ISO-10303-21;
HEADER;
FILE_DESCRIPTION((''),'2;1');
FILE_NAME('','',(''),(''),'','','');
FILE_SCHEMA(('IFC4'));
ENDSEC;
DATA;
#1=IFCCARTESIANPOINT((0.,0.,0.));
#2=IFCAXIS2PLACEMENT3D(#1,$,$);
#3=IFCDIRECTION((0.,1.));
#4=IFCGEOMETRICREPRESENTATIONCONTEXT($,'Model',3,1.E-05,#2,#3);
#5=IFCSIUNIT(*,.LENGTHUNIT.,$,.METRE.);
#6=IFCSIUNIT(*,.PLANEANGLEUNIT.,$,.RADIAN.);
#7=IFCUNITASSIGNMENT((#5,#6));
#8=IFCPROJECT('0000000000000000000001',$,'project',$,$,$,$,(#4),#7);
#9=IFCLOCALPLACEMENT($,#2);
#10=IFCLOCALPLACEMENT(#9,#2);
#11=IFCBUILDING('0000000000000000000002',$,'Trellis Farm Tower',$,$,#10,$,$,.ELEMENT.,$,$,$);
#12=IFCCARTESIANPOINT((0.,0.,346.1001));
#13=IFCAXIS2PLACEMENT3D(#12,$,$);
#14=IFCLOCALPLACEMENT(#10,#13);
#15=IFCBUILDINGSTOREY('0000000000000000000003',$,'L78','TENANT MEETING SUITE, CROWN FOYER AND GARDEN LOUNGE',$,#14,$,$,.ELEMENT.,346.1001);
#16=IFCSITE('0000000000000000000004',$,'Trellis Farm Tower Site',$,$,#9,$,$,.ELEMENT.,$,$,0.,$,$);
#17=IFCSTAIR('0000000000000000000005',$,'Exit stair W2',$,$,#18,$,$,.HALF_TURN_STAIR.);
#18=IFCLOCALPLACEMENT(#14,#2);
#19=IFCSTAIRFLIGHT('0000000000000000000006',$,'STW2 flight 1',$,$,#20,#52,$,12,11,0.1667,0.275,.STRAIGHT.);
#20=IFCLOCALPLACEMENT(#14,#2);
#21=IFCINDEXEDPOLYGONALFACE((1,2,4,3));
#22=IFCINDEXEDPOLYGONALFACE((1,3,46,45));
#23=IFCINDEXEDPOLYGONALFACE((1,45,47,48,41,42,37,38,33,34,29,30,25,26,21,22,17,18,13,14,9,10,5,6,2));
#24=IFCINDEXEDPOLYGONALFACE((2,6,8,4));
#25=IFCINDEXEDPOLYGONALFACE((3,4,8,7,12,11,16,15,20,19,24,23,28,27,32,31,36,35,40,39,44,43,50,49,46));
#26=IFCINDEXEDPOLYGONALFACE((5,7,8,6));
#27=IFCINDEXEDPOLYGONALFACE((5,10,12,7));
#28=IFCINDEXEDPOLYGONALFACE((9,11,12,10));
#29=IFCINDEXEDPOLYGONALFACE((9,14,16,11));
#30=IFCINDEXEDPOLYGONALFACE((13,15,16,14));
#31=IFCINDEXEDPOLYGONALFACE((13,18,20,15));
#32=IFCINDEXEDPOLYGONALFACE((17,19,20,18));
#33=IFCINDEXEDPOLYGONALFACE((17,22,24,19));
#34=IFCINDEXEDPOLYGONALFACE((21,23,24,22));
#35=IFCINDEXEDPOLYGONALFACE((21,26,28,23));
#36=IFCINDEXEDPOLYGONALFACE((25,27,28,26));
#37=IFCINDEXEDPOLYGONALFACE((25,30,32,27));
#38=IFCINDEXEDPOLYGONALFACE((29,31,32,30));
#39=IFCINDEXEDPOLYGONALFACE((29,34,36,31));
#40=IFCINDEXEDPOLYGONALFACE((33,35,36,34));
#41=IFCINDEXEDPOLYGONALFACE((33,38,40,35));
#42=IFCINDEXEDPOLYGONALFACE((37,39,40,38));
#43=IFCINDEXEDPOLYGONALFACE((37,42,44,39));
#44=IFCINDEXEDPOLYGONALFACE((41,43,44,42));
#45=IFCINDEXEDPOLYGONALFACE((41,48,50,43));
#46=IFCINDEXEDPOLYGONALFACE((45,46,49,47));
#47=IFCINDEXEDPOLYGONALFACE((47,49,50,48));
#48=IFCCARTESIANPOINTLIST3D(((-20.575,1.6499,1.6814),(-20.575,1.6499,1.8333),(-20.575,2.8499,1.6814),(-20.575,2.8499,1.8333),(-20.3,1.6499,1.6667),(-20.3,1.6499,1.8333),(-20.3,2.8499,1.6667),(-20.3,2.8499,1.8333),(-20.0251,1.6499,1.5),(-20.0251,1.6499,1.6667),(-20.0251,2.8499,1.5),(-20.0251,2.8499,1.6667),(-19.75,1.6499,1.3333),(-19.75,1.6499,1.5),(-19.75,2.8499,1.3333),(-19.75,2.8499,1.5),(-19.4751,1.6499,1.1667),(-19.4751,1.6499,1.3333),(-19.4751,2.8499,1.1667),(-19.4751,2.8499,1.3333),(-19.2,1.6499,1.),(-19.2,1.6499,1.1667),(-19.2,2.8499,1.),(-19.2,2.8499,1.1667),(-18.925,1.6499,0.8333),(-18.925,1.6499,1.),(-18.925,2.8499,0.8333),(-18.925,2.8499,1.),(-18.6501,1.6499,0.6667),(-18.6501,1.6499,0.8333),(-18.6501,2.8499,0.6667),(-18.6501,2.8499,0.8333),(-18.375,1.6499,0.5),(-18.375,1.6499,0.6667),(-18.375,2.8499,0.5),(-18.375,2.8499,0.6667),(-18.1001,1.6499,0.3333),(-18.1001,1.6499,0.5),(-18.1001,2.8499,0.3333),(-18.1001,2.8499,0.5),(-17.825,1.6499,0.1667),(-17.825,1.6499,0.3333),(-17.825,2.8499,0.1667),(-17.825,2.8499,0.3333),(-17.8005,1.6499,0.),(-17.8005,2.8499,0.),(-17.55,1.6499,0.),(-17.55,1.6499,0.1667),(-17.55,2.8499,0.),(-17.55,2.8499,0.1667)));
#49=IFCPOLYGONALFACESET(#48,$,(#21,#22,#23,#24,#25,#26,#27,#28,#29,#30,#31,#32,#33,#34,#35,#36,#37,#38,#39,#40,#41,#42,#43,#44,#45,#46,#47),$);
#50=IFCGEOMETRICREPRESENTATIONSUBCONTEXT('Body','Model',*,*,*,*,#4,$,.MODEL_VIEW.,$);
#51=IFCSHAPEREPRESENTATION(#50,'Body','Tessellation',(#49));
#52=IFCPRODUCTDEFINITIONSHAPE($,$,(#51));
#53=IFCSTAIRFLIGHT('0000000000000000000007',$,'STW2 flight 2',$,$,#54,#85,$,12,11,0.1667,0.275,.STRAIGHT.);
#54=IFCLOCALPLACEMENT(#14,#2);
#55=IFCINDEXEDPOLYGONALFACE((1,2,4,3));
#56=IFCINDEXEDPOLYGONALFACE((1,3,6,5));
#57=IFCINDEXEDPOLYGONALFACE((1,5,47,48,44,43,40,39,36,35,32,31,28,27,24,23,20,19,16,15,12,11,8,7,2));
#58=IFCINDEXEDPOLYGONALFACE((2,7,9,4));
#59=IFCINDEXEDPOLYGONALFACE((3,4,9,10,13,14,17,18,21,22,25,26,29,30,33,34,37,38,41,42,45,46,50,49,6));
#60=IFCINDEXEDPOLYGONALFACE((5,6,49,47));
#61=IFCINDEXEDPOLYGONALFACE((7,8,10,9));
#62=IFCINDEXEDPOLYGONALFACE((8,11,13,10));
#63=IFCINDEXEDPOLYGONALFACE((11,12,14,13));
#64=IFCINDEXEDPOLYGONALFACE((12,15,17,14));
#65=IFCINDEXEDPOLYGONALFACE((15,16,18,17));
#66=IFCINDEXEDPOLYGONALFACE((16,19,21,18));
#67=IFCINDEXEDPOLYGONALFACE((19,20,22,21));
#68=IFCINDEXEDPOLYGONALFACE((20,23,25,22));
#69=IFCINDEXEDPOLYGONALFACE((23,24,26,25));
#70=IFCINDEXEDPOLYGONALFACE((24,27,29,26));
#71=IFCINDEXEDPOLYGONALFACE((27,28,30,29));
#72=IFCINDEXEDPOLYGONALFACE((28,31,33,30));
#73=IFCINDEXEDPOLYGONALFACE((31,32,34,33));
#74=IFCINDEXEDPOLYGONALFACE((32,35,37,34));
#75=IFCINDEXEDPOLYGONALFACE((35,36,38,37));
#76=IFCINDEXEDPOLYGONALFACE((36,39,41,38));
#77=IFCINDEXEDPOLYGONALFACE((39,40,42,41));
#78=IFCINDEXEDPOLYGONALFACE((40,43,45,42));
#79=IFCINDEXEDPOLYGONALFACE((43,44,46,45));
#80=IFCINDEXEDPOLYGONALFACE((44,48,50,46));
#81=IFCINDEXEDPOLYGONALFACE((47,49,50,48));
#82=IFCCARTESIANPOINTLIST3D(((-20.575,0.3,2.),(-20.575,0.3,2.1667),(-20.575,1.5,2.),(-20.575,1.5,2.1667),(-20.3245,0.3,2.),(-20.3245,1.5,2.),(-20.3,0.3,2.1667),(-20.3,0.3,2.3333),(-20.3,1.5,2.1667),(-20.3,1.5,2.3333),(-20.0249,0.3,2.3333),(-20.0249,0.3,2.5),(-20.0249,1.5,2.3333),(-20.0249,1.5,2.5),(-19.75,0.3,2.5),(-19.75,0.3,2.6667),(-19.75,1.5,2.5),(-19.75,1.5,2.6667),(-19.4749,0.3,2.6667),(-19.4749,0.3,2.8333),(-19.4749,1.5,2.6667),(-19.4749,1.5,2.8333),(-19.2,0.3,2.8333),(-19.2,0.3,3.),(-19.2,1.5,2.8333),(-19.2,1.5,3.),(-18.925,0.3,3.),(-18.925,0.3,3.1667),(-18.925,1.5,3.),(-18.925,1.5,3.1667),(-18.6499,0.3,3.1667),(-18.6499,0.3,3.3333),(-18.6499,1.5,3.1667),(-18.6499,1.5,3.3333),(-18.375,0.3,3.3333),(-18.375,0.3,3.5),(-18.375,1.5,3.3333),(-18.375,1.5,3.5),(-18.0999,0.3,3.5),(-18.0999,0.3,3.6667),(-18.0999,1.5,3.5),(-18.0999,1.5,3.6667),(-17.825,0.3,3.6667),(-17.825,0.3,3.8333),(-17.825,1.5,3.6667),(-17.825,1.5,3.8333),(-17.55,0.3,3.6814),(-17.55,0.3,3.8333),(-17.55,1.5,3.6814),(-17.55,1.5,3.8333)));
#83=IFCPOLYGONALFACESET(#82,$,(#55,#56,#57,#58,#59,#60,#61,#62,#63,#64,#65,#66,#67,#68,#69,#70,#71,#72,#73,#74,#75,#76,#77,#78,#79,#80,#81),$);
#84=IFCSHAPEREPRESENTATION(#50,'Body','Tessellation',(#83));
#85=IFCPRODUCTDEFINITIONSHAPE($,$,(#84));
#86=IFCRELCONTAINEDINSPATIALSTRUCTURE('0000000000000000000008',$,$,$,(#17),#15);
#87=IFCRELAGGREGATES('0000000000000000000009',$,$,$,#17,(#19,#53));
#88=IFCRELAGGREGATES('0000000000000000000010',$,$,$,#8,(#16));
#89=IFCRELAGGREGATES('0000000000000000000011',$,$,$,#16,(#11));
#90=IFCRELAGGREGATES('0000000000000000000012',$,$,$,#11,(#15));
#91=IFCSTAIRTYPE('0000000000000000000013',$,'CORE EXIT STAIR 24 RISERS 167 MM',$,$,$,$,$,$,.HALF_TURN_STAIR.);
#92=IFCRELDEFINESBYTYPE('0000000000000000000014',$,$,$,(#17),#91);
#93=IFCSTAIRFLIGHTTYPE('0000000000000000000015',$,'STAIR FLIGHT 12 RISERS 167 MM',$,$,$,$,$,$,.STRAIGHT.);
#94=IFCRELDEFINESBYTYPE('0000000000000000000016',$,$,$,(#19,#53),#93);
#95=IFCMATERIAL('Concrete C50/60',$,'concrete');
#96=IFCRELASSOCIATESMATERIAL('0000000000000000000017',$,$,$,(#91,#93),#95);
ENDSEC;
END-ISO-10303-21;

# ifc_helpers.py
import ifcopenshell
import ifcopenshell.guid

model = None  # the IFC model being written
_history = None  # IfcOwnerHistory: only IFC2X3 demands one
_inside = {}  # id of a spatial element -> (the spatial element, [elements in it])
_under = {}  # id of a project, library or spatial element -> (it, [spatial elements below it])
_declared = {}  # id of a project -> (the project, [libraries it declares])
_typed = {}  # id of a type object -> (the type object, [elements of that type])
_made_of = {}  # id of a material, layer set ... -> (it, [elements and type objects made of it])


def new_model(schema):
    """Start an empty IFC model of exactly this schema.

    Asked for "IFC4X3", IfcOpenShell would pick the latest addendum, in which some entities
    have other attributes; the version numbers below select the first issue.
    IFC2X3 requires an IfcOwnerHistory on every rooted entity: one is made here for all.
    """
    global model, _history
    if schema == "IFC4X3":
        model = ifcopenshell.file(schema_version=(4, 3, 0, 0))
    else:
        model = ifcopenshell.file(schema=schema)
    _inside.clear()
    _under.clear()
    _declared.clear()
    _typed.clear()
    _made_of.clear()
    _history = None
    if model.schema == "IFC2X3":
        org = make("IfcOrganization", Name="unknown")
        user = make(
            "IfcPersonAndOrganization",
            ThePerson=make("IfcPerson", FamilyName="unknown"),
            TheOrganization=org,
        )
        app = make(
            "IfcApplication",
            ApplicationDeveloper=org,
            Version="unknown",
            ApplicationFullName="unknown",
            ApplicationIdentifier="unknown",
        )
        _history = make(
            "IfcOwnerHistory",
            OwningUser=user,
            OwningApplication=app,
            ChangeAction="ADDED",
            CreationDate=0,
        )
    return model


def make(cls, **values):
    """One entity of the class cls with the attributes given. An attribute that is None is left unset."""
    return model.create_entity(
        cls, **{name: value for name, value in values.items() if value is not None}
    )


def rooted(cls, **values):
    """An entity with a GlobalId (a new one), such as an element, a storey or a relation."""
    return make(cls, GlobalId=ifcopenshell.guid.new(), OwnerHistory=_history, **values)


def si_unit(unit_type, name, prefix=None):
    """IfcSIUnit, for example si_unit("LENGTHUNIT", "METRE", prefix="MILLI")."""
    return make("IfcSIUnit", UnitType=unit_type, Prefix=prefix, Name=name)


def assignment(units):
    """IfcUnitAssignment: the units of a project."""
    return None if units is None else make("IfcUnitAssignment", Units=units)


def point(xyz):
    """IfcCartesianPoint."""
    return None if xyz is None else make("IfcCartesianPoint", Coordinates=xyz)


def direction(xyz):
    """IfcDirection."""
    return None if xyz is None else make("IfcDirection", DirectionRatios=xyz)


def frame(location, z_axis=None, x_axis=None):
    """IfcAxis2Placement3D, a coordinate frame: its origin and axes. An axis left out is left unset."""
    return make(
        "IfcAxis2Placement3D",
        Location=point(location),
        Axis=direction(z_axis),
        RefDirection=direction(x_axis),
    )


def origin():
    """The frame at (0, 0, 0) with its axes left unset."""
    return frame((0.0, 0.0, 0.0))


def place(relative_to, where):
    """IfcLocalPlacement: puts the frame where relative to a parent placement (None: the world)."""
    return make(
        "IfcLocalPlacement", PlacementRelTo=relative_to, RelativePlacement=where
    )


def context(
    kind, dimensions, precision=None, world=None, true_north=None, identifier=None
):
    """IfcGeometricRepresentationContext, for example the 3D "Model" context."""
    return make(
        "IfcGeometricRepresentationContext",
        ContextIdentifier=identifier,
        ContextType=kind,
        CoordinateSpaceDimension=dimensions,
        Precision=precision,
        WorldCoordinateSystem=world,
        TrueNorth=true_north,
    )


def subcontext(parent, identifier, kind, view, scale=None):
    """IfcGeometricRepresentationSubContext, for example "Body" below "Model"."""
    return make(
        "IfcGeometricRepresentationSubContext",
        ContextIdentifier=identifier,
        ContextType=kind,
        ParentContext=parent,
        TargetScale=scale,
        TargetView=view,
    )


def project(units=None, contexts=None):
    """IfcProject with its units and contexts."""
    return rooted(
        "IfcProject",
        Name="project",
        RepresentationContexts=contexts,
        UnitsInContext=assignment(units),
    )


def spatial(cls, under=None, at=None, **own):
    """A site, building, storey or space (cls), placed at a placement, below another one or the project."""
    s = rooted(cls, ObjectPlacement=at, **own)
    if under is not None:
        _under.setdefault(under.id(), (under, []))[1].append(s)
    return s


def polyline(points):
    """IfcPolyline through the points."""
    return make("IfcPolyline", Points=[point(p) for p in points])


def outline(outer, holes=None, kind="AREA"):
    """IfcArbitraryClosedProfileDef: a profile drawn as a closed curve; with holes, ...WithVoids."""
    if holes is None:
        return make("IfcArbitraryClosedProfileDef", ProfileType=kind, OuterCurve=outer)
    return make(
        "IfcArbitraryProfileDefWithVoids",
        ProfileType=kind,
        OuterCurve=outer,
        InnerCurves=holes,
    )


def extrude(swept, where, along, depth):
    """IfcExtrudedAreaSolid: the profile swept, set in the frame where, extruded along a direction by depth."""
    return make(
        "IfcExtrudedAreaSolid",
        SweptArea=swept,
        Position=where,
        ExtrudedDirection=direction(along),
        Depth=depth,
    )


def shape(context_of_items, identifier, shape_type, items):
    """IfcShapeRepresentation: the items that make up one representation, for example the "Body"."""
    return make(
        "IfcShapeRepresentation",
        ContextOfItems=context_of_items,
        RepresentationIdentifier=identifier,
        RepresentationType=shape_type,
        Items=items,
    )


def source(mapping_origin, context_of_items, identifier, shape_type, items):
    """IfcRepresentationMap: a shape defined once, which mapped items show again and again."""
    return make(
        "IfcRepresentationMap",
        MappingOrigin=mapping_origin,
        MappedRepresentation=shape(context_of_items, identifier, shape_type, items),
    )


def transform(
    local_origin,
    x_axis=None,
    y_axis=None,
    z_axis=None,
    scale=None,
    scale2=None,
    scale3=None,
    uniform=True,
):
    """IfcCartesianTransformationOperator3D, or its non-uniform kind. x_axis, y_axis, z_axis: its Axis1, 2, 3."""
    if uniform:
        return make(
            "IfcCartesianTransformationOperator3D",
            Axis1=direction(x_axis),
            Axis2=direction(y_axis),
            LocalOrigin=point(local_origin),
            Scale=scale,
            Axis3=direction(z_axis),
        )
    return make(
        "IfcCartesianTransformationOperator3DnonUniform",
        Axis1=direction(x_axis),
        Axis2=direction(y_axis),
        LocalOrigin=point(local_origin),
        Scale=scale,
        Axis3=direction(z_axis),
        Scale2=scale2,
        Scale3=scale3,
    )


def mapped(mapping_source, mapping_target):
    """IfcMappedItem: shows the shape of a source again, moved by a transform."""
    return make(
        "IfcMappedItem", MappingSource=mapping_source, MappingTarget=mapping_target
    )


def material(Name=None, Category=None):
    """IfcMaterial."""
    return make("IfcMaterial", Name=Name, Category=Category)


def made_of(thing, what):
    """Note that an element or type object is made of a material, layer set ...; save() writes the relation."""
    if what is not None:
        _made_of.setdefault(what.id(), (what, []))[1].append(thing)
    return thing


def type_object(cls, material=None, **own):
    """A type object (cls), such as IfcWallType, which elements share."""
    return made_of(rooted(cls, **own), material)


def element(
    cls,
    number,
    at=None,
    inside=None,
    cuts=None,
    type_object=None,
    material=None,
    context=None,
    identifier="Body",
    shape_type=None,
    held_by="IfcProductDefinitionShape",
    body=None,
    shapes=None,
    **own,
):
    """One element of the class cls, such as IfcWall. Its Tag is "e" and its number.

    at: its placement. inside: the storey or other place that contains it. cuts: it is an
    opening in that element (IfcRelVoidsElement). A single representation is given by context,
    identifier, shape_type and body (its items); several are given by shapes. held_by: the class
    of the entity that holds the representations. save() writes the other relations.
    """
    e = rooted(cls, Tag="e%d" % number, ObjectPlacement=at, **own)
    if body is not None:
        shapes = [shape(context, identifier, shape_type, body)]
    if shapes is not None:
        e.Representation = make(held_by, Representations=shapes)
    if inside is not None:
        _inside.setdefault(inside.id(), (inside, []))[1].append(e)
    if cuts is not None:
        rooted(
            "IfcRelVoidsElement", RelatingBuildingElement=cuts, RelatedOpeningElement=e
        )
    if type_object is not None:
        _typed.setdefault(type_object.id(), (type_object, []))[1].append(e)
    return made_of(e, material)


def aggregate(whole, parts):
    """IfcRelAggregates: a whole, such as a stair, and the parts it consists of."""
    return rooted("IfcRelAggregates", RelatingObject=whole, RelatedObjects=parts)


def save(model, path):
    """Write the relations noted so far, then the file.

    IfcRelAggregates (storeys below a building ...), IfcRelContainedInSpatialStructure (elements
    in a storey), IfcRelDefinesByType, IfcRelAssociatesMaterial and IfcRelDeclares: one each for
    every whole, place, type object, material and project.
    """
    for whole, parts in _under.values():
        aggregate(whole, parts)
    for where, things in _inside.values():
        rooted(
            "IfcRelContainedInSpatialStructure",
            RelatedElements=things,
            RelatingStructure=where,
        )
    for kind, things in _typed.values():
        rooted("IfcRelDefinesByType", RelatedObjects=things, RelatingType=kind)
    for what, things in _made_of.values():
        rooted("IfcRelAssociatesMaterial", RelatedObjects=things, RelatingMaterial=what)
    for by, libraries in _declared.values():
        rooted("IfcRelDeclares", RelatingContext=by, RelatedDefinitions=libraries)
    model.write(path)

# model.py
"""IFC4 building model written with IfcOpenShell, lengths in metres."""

from ifc_helpers import new_model, si_unit, direction, frame, origin, place, context, subcontext, project, spatial, polyline, outline, extrude, source, transform, mapped, material, type_object, element, aggregate, save


model = new_model("IFC4")

# Units and contexts
model_context = context("Model", 3, precision=1e-05, world=origin(), true_north=direction((0.0, 1.0)))
body_context = subcontext(model_context, "Body", "Model", "MODEL_VIEW")
ifc_project = project(units=[si_unit("LENGTHUNIT", "METRE"), si_unit("PLANEANGLEUNIT", "RADIAN")], contexts=[model_context])

# Site, building, storey
site_placement = place(None, origin())
site = spatial("IfcSite", under=ifc_project, at=site_placement, Name="Trellis Farm Tower Site", CompositionType="ELEMENT", RefElevation=0.0)
building_placement = place(site_placement, origin())
building = spatial("IfcBuilding", under=site, at=building_placement, Name="Trellis Farm Tower", CompositionType="ELEMENT")
storey_placement = place(building_placement, frame((0.0, 0.0, 346.1001)))
storey = spatial("IfcBuildingStorey", under=building, at=storey_placement, Name="L78", Description="TENANT MEETING SUITE, CROWN FOYER AND GARDEN LOUNGE", CompositionType="ELEMENT", Elevation=346.1001)

# Shared definitions
ifc_material_1 = material(Name="Concrete C50/60", Category="concrete")

# Shared definitions
placement = place(storey_placement, origin())

# Stair, stair flights
stair_type = type_object("IfcStairType", Name="CORE EXIT STAIR 24 RISERS 167 MM", PredefinedType="HALF_TURN_STAIR", material=ifc_material_1)
stair_flight_type = type_object("IfcStairFlightType", Name="STAIR FLIGHT 12 RISERS 167 MM", PredefinedType="STRAIGHT", material=ifc_material_1)
shared_shape_1 = source(origin(), body_context, "Body", "SweptSolid", [
    extrude(outline(polyline([(0.0, 0.0), (0.0, 0.1667), (0.2749, 0.1667), (0.2749, 0.3333), (0.55, 0.3333), (0.55, 0.5), (0.825, 0.5), (0.825, 0.6667), (1.1001, 0.6667), (1.1001, 0.8333), (1.375, 0.8333), (1.375, 1.0), (1.6499, 1.0), (1.6499, 1.1667), (1.925, 1.1667), (1.925, 1.3333), (2.2, 1.3333), (2.2, 1.5), (2.4751, 1.5), (2.4751, 1.6667), (2.75, 1.6667), (2.75, 1.8333), (3.0249, 1.8333), (3.0249, 2.0), (3.0249, 1.6814), (0.2505, 0.0), (0.0, 0.0)])), frame((0.0, 0.6001, 0.0), z_axis=(0.0, -1.0, 0.0), x_axis=(1.0, 0.0, 0.0)), (0.0, 0.0, 1.0), 1.2),
])
stair_1 = element("IfcStair", 1, at=placement, inside=storey, type_object=stair_type, Name="Exit stair W2", PredefinedType="HALF_TURN_STAIR")
stair_flight_1_placement = place(storey_placement, frame((-17.55, 2.25, 0.0), z_axis=(0.0, 0.0, 1.0), x_axis=(-1.0, 0.0, 0.0)))
stair_flight_1 = element("IfcStairFlight", 2, at=stair_flight_1_placement, type_object=stair_flight_type, Name="STW2 flight 1", NumberOfRisers=12, NumberOfTreads=11, PredefinedType="STRAIGHT", RiserHeight=0.1667, TreadLength=0.275, context=body_context, shape_type="MappedRepresentation", body=[
    mapped(shared_shape_1, transform((0.0, 0.0, 0.0))),
])
stair_flight_2_placement = place(storey_placement, frame((-20.575, 0.8999, 2.0), z_axis=(0.0, 0.0, 1.0), x_axis=(1.0, 0.0, 0.0)))
stair_flight_2 = element("IfcStairFlight", 3, at=stair_flight_2_placement, type_object=stair_flight_type, Name="STW2 flight 2", NumberOfRisers=12, NumberOfTreads=11, PredefinedType="STRAIGHT", RiserHeight=0.1667, TreadLength=0.275, context=body_context, shape_type="MappedRepresentation", body=[
    mapped(shared_shape_1, transform((0.0, 0.0, 0.0))),
])
aggregate(stair_1, [stair_flight_1, stair_flight_2])

save(model, "model.ifc")
